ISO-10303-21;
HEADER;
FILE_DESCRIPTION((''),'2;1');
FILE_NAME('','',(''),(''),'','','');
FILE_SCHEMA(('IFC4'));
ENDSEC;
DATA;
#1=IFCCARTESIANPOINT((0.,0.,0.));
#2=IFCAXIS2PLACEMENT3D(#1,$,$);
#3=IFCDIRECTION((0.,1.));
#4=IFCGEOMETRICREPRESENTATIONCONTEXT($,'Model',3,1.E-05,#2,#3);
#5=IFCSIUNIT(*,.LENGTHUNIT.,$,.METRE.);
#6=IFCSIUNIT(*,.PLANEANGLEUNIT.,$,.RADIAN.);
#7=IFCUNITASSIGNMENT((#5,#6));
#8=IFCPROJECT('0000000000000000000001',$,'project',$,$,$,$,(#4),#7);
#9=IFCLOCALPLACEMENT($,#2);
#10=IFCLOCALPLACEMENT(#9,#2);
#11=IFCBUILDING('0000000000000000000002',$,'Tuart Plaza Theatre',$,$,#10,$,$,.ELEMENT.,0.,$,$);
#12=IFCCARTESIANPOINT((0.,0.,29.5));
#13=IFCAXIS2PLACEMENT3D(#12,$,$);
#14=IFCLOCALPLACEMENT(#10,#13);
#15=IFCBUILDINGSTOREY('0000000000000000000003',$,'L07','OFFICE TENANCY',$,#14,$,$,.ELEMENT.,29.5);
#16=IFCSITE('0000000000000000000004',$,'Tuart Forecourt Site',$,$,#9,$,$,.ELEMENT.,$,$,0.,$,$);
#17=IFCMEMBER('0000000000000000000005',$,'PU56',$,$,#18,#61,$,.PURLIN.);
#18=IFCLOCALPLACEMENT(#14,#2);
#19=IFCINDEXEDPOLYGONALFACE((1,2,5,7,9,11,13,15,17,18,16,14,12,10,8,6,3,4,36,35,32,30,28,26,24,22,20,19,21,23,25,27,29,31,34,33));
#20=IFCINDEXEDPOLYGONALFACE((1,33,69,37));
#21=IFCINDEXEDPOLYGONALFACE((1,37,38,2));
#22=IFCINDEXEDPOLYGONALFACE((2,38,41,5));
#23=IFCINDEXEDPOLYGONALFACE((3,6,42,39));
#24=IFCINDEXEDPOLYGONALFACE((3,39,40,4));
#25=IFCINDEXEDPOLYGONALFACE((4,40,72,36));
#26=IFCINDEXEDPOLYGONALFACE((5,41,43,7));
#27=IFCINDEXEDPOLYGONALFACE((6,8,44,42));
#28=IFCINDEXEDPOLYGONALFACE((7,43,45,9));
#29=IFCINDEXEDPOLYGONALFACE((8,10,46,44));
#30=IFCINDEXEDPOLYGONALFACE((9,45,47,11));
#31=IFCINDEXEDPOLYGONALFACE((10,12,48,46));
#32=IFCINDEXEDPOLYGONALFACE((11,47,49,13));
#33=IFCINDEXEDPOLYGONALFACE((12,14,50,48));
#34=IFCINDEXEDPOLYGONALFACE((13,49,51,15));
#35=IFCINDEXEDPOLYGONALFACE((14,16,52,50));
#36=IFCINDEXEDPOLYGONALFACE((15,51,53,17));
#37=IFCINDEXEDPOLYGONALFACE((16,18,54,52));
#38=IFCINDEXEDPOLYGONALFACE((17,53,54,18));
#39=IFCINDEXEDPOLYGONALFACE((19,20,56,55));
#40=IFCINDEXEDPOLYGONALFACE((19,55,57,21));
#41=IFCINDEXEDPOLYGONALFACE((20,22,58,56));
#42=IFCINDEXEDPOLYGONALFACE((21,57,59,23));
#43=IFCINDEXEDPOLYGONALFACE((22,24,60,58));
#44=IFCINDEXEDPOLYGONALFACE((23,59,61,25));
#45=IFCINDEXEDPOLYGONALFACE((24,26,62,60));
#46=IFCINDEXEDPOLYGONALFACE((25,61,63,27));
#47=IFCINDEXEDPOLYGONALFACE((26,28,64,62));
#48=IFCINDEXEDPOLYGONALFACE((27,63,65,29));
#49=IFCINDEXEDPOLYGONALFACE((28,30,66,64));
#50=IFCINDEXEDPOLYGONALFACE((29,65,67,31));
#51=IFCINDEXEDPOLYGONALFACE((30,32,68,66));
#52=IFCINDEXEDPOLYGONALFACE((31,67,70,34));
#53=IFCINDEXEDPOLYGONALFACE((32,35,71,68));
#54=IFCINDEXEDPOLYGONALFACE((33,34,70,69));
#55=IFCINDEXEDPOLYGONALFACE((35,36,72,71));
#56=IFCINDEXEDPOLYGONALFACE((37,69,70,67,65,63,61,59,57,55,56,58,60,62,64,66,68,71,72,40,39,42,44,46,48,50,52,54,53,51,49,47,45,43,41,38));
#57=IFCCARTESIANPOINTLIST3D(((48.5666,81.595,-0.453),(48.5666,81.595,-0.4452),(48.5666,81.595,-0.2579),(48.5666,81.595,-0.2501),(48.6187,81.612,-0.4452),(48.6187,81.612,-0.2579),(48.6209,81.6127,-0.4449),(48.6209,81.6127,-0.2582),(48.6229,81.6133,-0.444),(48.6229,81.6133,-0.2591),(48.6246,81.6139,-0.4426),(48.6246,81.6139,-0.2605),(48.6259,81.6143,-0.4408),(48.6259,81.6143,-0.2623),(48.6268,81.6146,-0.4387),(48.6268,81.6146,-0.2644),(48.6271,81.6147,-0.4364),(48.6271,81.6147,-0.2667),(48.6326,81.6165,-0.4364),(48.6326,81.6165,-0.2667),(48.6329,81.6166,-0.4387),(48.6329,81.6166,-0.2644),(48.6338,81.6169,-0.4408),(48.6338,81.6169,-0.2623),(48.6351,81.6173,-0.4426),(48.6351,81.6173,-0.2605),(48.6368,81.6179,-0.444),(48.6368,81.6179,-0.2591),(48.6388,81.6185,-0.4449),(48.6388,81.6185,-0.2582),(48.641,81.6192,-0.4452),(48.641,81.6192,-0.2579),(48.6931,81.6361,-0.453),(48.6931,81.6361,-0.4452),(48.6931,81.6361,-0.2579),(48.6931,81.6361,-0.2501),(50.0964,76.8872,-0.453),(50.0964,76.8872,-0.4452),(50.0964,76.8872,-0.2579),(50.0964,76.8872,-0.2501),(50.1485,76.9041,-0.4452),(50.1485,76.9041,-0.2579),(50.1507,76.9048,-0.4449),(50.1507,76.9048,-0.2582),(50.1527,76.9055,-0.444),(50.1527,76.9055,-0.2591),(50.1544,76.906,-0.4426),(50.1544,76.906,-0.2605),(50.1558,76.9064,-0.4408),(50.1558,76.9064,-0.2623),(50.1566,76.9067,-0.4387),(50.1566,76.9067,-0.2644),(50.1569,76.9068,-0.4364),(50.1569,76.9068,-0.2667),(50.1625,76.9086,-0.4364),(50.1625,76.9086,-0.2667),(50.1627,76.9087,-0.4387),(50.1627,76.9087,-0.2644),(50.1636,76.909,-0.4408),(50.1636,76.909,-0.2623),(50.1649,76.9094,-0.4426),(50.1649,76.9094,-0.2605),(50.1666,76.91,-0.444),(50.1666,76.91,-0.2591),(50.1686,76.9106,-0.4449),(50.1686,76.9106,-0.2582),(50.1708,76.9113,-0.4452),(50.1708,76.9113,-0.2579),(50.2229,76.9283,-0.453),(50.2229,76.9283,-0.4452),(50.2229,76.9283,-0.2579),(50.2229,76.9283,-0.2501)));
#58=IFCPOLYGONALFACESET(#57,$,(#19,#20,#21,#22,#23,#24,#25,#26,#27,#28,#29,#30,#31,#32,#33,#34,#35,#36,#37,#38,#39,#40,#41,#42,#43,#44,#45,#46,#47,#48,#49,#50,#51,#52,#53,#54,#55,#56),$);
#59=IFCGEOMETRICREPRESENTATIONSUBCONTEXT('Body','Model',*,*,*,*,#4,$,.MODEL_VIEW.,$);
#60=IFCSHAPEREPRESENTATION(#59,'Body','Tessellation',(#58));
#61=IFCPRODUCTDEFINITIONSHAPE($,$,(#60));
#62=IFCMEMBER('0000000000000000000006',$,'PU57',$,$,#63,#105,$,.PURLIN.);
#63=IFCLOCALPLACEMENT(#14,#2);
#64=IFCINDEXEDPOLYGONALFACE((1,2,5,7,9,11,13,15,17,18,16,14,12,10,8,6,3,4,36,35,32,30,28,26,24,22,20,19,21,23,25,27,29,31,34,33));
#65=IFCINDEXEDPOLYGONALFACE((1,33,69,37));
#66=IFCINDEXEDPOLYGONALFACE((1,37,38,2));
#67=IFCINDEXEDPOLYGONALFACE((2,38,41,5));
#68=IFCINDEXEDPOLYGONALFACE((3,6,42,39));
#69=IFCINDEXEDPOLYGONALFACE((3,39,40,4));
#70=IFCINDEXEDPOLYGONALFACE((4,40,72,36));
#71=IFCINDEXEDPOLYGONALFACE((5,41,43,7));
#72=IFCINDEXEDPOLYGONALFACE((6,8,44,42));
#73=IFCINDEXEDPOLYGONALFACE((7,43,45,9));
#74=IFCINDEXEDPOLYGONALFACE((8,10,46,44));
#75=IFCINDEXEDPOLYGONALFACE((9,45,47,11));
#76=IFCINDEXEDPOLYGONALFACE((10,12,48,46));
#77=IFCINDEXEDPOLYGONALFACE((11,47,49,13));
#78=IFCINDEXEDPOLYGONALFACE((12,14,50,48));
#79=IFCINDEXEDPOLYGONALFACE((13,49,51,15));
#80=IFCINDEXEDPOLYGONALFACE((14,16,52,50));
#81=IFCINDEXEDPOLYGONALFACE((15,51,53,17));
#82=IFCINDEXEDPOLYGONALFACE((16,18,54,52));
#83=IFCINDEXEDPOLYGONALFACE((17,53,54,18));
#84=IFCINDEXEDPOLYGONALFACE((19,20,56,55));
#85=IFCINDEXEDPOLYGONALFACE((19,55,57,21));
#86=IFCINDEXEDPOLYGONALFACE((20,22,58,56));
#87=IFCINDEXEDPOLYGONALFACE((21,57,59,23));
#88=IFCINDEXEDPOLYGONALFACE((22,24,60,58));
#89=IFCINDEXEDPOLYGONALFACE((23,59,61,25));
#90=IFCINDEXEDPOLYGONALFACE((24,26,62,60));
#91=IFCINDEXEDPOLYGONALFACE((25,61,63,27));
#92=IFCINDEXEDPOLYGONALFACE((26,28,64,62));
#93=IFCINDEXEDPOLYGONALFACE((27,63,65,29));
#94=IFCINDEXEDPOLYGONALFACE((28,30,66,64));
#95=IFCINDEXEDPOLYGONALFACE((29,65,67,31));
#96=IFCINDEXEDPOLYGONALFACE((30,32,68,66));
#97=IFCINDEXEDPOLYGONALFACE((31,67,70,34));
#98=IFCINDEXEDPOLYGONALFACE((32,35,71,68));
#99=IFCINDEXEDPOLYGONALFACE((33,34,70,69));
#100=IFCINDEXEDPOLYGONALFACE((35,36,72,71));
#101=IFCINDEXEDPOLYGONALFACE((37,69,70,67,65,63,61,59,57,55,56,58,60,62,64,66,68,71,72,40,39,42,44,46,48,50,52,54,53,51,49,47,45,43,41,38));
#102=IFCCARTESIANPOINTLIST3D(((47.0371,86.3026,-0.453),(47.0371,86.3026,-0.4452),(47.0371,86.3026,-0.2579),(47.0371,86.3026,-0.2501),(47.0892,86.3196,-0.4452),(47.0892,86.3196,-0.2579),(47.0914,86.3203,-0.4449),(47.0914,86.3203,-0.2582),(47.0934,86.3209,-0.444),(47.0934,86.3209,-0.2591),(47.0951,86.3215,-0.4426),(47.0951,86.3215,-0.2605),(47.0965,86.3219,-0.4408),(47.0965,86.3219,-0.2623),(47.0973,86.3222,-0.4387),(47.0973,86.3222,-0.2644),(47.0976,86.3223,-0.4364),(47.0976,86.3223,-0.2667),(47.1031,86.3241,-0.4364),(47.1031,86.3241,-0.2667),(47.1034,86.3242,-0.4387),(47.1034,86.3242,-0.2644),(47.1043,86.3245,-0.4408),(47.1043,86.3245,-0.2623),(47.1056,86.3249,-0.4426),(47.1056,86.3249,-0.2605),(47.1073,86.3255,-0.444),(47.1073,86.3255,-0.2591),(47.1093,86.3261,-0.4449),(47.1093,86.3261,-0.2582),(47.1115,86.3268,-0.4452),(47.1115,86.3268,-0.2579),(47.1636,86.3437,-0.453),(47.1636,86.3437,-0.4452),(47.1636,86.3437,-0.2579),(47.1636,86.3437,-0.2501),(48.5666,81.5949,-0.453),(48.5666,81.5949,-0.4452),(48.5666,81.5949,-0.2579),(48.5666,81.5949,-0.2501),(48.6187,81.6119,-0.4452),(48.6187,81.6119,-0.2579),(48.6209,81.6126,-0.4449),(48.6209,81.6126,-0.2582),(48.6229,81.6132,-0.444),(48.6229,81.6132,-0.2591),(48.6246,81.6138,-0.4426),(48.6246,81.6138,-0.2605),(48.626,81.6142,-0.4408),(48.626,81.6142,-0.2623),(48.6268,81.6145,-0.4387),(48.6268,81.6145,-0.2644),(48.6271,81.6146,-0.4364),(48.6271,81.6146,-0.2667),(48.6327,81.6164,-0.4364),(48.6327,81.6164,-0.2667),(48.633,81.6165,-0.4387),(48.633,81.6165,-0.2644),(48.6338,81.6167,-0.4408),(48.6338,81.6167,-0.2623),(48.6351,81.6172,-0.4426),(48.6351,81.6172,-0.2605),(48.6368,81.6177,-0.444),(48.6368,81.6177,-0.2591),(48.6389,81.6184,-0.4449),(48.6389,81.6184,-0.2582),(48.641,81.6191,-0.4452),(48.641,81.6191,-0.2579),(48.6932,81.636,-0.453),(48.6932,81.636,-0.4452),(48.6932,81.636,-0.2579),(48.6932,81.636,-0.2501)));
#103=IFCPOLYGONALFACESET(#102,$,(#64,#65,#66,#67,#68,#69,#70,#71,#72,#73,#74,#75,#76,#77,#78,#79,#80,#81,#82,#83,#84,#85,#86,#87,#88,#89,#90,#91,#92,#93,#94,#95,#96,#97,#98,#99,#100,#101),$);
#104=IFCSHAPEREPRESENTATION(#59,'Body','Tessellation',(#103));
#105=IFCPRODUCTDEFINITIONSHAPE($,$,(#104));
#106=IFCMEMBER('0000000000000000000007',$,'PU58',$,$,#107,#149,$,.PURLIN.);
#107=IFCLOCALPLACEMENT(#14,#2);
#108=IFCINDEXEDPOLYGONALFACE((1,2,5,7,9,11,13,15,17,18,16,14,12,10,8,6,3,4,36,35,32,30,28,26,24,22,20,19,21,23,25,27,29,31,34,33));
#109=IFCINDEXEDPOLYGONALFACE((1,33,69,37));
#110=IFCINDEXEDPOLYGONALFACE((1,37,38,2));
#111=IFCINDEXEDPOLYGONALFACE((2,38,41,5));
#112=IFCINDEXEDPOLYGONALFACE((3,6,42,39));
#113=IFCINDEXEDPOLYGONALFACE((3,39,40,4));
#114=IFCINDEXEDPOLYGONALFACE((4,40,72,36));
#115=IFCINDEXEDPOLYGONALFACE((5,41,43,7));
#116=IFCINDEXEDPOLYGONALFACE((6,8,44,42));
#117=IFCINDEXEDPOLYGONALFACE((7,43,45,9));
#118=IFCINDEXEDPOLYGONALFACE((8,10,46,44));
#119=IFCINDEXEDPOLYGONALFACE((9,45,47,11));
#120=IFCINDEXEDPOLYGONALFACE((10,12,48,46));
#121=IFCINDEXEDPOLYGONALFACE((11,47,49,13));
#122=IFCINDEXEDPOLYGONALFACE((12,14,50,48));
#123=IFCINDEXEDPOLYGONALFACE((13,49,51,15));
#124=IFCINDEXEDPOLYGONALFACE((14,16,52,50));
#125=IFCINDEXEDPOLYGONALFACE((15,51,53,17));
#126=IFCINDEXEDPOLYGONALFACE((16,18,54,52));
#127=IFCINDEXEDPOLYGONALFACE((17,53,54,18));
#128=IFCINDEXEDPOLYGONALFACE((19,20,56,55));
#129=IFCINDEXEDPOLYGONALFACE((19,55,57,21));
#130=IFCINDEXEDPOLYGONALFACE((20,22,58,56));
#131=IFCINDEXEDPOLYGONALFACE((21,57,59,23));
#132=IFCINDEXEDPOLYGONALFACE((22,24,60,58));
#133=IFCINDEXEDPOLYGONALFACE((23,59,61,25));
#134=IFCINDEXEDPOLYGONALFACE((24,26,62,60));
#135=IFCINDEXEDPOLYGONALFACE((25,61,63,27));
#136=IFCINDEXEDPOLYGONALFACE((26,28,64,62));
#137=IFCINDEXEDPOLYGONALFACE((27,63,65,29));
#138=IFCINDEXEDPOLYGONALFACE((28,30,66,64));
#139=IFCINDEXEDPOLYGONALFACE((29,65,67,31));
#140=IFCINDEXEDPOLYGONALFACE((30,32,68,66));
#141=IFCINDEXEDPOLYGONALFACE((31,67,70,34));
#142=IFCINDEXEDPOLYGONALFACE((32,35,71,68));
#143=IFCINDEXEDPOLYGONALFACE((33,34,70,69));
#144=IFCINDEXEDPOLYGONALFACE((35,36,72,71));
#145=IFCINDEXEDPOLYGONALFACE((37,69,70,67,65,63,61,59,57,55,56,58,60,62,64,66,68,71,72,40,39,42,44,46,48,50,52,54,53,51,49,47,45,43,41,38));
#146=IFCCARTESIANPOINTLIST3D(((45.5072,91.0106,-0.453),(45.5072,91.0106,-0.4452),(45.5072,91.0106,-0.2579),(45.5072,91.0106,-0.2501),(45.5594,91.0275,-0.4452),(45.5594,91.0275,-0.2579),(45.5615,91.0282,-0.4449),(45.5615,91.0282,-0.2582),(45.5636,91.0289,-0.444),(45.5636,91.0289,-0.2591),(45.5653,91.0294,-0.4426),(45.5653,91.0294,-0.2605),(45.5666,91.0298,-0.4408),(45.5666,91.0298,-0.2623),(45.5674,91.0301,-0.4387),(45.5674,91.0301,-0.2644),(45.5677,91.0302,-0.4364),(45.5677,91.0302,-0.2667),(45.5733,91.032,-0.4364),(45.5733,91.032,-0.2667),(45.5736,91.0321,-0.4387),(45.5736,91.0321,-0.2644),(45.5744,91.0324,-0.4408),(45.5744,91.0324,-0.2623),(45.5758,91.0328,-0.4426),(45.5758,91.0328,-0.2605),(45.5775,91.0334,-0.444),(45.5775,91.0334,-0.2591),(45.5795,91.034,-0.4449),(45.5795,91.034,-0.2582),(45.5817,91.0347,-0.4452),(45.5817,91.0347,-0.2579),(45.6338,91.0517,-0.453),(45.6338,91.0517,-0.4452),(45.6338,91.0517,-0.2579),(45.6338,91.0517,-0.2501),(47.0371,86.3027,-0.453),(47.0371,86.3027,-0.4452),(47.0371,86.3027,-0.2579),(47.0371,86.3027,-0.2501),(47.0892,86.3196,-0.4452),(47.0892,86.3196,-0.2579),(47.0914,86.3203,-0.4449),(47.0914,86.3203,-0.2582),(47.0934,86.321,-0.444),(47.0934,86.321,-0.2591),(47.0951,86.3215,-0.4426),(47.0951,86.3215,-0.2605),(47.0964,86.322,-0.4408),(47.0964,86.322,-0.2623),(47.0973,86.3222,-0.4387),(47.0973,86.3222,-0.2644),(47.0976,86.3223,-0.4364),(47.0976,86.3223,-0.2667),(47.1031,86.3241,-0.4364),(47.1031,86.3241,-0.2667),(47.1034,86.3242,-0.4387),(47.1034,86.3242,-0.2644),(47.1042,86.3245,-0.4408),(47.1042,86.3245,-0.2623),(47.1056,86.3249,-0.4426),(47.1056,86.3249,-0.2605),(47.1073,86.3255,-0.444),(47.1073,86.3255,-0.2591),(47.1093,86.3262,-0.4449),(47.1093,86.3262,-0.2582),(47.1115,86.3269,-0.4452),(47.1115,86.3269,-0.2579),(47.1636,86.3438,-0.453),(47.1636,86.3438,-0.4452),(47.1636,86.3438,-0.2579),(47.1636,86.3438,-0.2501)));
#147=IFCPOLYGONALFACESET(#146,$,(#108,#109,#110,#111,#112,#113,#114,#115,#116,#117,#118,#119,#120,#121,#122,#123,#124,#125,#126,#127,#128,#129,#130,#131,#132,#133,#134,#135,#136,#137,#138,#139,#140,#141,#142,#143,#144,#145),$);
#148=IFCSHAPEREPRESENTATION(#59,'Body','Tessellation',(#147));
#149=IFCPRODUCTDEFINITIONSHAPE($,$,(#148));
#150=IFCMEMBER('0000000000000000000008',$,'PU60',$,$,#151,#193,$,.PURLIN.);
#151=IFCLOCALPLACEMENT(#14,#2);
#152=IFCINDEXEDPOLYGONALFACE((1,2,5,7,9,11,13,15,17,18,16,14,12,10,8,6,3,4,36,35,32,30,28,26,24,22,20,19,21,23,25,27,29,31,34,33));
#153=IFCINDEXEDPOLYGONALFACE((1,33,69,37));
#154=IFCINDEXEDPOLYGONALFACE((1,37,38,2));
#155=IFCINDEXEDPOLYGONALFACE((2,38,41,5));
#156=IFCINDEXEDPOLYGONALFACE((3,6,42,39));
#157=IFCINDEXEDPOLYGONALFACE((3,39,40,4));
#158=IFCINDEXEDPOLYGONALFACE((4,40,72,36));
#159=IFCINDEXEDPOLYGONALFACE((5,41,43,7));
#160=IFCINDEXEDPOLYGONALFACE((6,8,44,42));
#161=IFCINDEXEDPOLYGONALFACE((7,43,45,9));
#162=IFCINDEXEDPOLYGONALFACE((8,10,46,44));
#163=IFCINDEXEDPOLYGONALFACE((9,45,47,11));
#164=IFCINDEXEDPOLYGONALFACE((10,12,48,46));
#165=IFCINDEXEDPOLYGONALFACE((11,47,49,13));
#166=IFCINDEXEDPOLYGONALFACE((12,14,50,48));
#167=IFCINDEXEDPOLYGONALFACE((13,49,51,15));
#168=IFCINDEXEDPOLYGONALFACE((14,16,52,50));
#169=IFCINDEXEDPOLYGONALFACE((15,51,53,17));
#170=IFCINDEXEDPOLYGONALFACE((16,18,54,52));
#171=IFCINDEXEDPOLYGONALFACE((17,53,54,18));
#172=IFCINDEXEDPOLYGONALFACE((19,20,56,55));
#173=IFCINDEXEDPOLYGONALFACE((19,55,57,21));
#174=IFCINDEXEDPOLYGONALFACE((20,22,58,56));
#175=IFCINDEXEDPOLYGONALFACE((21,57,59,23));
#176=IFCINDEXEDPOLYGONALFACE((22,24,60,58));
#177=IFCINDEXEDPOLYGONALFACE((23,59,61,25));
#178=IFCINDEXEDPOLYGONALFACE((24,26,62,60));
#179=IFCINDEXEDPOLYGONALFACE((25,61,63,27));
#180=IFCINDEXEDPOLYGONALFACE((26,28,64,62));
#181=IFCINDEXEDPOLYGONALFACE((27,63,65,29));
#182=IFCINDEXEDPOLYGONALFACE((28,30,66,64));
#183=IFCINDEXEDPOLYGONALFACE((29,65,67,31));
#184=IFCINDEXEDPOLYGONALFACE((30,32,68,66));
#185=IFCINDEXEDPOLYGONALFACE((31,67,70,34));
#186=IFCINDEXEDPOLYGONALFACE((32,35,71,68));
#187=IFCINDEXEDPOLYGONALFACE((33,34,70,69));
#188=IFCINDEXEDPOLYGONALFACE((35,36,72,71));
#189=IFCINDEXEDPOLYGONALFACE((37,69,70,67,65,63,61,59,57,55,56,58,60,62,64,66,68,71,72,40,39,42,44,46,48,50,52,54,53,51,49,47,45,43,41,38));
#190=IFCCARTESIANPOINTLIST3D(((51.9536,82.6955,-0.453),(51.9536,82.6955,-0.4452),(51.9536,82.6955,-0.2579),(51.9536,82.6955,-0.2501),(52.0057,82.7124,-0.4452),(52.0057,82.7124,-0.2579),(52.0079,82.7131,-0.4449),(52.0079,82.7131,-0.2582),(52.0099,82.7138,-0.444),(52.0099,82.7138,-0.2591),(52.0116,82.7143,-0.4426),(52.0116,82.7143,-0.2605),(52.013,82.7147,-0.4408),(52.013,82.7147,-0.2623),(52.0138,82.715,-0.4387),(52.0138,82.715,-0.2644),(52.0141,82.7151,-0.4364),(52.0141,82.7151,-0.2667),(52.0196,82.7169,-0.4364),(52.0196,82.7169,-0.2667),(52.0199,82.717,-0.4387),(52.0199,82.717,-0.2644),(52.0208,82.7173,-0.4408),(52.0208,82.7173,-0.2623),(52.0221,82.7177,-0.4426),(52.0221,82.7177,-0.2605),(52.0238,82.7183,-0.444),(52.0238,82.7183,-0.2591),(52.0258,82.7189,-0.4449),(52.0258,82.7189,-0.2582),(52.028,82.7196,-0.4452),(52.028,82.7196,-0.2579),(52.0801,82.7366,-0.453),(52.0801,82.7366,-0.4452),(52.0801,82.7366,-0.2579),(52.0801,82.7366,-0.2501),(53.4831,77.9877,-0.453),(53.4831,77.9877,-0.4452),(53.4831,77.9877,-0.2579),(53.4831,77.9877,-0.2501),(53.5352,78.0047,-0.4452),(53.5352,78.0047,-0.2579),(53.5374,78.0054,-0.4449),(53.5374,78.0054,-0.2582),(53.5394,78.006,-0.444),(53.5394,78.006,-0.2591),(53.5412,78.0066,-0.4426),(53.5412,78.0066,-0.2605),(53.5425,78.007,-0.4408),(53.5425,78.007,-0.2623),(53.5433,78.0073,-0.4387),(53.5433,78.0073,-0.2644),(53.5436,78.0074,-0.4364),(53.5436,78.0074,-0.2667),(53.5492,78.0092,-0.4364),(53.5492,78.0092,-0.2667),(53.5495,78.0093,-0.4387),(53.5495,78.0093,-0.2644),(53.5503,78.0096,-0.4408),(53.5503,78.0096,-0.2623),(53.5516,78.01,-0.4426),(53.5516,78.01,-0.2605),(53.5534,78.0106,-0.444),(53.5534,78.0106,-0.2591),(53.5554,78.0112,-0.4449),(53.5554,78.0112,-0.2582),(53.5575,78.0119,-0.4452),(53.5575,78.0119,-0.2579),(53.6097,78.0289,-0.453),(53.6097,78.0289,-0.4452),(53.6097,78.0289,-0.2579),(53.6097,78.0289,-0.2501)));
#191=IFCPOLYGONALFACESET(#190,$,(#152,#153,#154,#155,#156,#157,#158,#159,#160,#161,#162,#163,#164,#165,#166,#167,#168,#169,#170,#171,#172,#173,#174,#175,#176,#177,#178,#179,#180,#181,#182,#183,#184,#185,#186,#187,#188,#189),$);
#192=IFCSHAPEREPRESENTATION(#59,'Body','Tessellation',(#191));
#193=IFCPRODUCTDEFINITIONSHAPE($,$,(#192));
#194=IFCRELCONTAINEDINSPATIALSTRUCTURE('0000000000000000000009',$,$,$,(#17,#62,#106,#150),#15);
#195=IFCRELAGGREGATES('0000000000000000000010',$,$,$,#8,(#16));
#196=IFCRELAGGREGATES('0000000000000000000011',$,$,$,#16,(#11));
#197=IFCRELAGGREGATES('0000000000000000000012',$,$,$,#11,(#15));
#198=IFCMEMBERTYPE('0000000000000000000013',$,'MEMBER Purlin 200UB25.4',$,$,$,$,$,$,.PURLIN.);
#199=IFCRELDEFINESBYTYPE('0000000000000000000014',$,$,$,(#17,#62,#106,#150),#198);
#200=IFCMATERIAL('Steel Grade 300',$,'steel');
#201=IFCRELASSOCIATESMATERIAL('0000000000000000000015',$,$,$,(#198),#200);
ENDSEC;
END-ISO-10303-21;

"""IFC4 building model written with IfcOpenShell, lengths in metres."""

from ifc_helpers import new_model, si_unit, direction, frame, origin, origin_2d, place, context, subcontext, project, spatial, i_section, extrude, material, material_profile, profile_set, type_object, element, save


model = new_model("IFC4")

# Units and contexts
model_context = context("Model", 3, precision=1e-05, world=origin(), true_north=direction((0.0, 1.0)))
body_context = subcontext(model_context, "Body", "Model", "MODEL_VIEW")
ifc_project = project(units=[si_unit("LENGTHUNIT", "METRE"), si_unit("PLANEANGLEUNIT", "RADIAN")], contexts=[model_context])

# Site, building, storey
site_placement = place(None, origin())
site = spatial("IfcSite", under=ifc_project, at=site_placement, Name="Tuart Forecourt Site", CompositionType="ELEMENT", RefElevation=0.0)
building_placement = place(site_placement, origin())
building = spatial("IfcBuilding", under=site, at=building_placement, Name="Tuart Plaza Theatre", CompositionType="ELEMENT", ElevationOfRefHeight=0.0)
storey_placement = place(building_placement, frame((0.0, 0.0, 29.5)))
storey = spatial("IfcBuildingStorey", under=building, at=storey_placement, Name="L07", Description="OFFICE TENANCY", CompositionType="ELEMENT", Elevation=29.5)

# Members
ifc_material_1 = material(Name="Steel Grade 300", Category="steel")
ifc_material_profile_1 = material_profile(ifc_material_1, i_section(OverallWidth=0.1331, OverallDepth=0.2029, WebThickness=0.0059, FlangeThickness=0.0078, FilletRadius=0.0088, at=origin_2d()), Name="200UB25.4")
ifc_profile_set_1 = profile_set([ifc_material_profile_1], Name="Steel Grade 300")
member_type_1 = type_object("IfcMemberType", Name="MEMBER Purlin 200UB25.4", PredefinedType="PURLIN", material=ifc_profile_set_1)
member_1_placement = place(storey_placement, frame((50.1597, 76.9077, -0.3516), z_axis=(-0.309043, 0.951048, 0.0), x_axis=(-0.951048, -0.309043, 0.0)))
element("IfcMember", 1, at=member_1_placement, inside=storey, type_object=member_type_1, Name="PU56", PredefinedType="PURLIN", context=body_context, shape_type="SweptSolid", body=[
    extrude(i_section(OverallWidth=0.1331, OverallDepth=0.2029, WebThickness=0.0059, FlangeThickness=0.0078, FilletRadius=0.0088, at=origin_2d()), origin(), (0.0, 0.0, 1.0), 4.9502),
])
member_2_placement = place(storey_placement, frame((48.6299, 81.6155, -0.3516), z_axis=(-0.308998, 0.951063, 0.0), x_axis=(-0.951063, -0.308998, 0.0)))
element("IfcMember", 2, at=member_2_placement, inside=storey, type_object=member_type_1, Name="PU57", PredefinedType="PURLIN", context=body_context, shape_type="SweptSolid", body=[
    extrude(i_section(OverallWidth=0.1331, OverallDepth=0.2029, WebThickness=0.0059, FlangeThickness=0.0078, FilletRadius=0.0088, at=origin_2d()), origin(), (0.0, 0.0, 1.0), 4.95),
])
member_3_placement = place(storey_placement, frame((47.1003, 86.3232, -0.3516), z_axis=(-0.309043, 0.951048, 0.0), x_axis=(-0.951048, -0.309043, 0.0)))
element("IfcMember", 3, at=member_3_placement, inside=storey, type_object=member_type_1, Name="PU58", PredefinedType="PURLIN", context=body_context, shape_type="SweptSolid", body=[
    extrude(i_section(OverallWidth=0.1331, OverallDepth=0.2029, WebThickness=0.0059, FlangeThickness=0.0078, FilletRadius=0.0088, at=origin_2d()), origin(), (0.0, 0.0, 1.0), 4.9502),
])
member_4_placement = place(storey_placement, frame((53.5464, 78.0083, -0.3516), z_axis=(-0.308998, 0.951063, 0.0), x_axis=(-0.951063, -0.308998, 0.0)))
element("IfcMember", 4, at=member_4_placement, inside=storey, type_object=member_type_1, Name="PU60", PredefinedType="PURLIN", context=body_context, shape_type="SweptSolid", body=[
    extrude(i_section(OverallWidth=0.1331, OverallDepth=0.2029, WebThickness=0.0059, FlangeThickness=0.0078, FilletRadius=0.0088, at=origin_2d()), origin(), (0.0, 0.0, 1.0), 4.95),
])

save(model, "model.ifc")
